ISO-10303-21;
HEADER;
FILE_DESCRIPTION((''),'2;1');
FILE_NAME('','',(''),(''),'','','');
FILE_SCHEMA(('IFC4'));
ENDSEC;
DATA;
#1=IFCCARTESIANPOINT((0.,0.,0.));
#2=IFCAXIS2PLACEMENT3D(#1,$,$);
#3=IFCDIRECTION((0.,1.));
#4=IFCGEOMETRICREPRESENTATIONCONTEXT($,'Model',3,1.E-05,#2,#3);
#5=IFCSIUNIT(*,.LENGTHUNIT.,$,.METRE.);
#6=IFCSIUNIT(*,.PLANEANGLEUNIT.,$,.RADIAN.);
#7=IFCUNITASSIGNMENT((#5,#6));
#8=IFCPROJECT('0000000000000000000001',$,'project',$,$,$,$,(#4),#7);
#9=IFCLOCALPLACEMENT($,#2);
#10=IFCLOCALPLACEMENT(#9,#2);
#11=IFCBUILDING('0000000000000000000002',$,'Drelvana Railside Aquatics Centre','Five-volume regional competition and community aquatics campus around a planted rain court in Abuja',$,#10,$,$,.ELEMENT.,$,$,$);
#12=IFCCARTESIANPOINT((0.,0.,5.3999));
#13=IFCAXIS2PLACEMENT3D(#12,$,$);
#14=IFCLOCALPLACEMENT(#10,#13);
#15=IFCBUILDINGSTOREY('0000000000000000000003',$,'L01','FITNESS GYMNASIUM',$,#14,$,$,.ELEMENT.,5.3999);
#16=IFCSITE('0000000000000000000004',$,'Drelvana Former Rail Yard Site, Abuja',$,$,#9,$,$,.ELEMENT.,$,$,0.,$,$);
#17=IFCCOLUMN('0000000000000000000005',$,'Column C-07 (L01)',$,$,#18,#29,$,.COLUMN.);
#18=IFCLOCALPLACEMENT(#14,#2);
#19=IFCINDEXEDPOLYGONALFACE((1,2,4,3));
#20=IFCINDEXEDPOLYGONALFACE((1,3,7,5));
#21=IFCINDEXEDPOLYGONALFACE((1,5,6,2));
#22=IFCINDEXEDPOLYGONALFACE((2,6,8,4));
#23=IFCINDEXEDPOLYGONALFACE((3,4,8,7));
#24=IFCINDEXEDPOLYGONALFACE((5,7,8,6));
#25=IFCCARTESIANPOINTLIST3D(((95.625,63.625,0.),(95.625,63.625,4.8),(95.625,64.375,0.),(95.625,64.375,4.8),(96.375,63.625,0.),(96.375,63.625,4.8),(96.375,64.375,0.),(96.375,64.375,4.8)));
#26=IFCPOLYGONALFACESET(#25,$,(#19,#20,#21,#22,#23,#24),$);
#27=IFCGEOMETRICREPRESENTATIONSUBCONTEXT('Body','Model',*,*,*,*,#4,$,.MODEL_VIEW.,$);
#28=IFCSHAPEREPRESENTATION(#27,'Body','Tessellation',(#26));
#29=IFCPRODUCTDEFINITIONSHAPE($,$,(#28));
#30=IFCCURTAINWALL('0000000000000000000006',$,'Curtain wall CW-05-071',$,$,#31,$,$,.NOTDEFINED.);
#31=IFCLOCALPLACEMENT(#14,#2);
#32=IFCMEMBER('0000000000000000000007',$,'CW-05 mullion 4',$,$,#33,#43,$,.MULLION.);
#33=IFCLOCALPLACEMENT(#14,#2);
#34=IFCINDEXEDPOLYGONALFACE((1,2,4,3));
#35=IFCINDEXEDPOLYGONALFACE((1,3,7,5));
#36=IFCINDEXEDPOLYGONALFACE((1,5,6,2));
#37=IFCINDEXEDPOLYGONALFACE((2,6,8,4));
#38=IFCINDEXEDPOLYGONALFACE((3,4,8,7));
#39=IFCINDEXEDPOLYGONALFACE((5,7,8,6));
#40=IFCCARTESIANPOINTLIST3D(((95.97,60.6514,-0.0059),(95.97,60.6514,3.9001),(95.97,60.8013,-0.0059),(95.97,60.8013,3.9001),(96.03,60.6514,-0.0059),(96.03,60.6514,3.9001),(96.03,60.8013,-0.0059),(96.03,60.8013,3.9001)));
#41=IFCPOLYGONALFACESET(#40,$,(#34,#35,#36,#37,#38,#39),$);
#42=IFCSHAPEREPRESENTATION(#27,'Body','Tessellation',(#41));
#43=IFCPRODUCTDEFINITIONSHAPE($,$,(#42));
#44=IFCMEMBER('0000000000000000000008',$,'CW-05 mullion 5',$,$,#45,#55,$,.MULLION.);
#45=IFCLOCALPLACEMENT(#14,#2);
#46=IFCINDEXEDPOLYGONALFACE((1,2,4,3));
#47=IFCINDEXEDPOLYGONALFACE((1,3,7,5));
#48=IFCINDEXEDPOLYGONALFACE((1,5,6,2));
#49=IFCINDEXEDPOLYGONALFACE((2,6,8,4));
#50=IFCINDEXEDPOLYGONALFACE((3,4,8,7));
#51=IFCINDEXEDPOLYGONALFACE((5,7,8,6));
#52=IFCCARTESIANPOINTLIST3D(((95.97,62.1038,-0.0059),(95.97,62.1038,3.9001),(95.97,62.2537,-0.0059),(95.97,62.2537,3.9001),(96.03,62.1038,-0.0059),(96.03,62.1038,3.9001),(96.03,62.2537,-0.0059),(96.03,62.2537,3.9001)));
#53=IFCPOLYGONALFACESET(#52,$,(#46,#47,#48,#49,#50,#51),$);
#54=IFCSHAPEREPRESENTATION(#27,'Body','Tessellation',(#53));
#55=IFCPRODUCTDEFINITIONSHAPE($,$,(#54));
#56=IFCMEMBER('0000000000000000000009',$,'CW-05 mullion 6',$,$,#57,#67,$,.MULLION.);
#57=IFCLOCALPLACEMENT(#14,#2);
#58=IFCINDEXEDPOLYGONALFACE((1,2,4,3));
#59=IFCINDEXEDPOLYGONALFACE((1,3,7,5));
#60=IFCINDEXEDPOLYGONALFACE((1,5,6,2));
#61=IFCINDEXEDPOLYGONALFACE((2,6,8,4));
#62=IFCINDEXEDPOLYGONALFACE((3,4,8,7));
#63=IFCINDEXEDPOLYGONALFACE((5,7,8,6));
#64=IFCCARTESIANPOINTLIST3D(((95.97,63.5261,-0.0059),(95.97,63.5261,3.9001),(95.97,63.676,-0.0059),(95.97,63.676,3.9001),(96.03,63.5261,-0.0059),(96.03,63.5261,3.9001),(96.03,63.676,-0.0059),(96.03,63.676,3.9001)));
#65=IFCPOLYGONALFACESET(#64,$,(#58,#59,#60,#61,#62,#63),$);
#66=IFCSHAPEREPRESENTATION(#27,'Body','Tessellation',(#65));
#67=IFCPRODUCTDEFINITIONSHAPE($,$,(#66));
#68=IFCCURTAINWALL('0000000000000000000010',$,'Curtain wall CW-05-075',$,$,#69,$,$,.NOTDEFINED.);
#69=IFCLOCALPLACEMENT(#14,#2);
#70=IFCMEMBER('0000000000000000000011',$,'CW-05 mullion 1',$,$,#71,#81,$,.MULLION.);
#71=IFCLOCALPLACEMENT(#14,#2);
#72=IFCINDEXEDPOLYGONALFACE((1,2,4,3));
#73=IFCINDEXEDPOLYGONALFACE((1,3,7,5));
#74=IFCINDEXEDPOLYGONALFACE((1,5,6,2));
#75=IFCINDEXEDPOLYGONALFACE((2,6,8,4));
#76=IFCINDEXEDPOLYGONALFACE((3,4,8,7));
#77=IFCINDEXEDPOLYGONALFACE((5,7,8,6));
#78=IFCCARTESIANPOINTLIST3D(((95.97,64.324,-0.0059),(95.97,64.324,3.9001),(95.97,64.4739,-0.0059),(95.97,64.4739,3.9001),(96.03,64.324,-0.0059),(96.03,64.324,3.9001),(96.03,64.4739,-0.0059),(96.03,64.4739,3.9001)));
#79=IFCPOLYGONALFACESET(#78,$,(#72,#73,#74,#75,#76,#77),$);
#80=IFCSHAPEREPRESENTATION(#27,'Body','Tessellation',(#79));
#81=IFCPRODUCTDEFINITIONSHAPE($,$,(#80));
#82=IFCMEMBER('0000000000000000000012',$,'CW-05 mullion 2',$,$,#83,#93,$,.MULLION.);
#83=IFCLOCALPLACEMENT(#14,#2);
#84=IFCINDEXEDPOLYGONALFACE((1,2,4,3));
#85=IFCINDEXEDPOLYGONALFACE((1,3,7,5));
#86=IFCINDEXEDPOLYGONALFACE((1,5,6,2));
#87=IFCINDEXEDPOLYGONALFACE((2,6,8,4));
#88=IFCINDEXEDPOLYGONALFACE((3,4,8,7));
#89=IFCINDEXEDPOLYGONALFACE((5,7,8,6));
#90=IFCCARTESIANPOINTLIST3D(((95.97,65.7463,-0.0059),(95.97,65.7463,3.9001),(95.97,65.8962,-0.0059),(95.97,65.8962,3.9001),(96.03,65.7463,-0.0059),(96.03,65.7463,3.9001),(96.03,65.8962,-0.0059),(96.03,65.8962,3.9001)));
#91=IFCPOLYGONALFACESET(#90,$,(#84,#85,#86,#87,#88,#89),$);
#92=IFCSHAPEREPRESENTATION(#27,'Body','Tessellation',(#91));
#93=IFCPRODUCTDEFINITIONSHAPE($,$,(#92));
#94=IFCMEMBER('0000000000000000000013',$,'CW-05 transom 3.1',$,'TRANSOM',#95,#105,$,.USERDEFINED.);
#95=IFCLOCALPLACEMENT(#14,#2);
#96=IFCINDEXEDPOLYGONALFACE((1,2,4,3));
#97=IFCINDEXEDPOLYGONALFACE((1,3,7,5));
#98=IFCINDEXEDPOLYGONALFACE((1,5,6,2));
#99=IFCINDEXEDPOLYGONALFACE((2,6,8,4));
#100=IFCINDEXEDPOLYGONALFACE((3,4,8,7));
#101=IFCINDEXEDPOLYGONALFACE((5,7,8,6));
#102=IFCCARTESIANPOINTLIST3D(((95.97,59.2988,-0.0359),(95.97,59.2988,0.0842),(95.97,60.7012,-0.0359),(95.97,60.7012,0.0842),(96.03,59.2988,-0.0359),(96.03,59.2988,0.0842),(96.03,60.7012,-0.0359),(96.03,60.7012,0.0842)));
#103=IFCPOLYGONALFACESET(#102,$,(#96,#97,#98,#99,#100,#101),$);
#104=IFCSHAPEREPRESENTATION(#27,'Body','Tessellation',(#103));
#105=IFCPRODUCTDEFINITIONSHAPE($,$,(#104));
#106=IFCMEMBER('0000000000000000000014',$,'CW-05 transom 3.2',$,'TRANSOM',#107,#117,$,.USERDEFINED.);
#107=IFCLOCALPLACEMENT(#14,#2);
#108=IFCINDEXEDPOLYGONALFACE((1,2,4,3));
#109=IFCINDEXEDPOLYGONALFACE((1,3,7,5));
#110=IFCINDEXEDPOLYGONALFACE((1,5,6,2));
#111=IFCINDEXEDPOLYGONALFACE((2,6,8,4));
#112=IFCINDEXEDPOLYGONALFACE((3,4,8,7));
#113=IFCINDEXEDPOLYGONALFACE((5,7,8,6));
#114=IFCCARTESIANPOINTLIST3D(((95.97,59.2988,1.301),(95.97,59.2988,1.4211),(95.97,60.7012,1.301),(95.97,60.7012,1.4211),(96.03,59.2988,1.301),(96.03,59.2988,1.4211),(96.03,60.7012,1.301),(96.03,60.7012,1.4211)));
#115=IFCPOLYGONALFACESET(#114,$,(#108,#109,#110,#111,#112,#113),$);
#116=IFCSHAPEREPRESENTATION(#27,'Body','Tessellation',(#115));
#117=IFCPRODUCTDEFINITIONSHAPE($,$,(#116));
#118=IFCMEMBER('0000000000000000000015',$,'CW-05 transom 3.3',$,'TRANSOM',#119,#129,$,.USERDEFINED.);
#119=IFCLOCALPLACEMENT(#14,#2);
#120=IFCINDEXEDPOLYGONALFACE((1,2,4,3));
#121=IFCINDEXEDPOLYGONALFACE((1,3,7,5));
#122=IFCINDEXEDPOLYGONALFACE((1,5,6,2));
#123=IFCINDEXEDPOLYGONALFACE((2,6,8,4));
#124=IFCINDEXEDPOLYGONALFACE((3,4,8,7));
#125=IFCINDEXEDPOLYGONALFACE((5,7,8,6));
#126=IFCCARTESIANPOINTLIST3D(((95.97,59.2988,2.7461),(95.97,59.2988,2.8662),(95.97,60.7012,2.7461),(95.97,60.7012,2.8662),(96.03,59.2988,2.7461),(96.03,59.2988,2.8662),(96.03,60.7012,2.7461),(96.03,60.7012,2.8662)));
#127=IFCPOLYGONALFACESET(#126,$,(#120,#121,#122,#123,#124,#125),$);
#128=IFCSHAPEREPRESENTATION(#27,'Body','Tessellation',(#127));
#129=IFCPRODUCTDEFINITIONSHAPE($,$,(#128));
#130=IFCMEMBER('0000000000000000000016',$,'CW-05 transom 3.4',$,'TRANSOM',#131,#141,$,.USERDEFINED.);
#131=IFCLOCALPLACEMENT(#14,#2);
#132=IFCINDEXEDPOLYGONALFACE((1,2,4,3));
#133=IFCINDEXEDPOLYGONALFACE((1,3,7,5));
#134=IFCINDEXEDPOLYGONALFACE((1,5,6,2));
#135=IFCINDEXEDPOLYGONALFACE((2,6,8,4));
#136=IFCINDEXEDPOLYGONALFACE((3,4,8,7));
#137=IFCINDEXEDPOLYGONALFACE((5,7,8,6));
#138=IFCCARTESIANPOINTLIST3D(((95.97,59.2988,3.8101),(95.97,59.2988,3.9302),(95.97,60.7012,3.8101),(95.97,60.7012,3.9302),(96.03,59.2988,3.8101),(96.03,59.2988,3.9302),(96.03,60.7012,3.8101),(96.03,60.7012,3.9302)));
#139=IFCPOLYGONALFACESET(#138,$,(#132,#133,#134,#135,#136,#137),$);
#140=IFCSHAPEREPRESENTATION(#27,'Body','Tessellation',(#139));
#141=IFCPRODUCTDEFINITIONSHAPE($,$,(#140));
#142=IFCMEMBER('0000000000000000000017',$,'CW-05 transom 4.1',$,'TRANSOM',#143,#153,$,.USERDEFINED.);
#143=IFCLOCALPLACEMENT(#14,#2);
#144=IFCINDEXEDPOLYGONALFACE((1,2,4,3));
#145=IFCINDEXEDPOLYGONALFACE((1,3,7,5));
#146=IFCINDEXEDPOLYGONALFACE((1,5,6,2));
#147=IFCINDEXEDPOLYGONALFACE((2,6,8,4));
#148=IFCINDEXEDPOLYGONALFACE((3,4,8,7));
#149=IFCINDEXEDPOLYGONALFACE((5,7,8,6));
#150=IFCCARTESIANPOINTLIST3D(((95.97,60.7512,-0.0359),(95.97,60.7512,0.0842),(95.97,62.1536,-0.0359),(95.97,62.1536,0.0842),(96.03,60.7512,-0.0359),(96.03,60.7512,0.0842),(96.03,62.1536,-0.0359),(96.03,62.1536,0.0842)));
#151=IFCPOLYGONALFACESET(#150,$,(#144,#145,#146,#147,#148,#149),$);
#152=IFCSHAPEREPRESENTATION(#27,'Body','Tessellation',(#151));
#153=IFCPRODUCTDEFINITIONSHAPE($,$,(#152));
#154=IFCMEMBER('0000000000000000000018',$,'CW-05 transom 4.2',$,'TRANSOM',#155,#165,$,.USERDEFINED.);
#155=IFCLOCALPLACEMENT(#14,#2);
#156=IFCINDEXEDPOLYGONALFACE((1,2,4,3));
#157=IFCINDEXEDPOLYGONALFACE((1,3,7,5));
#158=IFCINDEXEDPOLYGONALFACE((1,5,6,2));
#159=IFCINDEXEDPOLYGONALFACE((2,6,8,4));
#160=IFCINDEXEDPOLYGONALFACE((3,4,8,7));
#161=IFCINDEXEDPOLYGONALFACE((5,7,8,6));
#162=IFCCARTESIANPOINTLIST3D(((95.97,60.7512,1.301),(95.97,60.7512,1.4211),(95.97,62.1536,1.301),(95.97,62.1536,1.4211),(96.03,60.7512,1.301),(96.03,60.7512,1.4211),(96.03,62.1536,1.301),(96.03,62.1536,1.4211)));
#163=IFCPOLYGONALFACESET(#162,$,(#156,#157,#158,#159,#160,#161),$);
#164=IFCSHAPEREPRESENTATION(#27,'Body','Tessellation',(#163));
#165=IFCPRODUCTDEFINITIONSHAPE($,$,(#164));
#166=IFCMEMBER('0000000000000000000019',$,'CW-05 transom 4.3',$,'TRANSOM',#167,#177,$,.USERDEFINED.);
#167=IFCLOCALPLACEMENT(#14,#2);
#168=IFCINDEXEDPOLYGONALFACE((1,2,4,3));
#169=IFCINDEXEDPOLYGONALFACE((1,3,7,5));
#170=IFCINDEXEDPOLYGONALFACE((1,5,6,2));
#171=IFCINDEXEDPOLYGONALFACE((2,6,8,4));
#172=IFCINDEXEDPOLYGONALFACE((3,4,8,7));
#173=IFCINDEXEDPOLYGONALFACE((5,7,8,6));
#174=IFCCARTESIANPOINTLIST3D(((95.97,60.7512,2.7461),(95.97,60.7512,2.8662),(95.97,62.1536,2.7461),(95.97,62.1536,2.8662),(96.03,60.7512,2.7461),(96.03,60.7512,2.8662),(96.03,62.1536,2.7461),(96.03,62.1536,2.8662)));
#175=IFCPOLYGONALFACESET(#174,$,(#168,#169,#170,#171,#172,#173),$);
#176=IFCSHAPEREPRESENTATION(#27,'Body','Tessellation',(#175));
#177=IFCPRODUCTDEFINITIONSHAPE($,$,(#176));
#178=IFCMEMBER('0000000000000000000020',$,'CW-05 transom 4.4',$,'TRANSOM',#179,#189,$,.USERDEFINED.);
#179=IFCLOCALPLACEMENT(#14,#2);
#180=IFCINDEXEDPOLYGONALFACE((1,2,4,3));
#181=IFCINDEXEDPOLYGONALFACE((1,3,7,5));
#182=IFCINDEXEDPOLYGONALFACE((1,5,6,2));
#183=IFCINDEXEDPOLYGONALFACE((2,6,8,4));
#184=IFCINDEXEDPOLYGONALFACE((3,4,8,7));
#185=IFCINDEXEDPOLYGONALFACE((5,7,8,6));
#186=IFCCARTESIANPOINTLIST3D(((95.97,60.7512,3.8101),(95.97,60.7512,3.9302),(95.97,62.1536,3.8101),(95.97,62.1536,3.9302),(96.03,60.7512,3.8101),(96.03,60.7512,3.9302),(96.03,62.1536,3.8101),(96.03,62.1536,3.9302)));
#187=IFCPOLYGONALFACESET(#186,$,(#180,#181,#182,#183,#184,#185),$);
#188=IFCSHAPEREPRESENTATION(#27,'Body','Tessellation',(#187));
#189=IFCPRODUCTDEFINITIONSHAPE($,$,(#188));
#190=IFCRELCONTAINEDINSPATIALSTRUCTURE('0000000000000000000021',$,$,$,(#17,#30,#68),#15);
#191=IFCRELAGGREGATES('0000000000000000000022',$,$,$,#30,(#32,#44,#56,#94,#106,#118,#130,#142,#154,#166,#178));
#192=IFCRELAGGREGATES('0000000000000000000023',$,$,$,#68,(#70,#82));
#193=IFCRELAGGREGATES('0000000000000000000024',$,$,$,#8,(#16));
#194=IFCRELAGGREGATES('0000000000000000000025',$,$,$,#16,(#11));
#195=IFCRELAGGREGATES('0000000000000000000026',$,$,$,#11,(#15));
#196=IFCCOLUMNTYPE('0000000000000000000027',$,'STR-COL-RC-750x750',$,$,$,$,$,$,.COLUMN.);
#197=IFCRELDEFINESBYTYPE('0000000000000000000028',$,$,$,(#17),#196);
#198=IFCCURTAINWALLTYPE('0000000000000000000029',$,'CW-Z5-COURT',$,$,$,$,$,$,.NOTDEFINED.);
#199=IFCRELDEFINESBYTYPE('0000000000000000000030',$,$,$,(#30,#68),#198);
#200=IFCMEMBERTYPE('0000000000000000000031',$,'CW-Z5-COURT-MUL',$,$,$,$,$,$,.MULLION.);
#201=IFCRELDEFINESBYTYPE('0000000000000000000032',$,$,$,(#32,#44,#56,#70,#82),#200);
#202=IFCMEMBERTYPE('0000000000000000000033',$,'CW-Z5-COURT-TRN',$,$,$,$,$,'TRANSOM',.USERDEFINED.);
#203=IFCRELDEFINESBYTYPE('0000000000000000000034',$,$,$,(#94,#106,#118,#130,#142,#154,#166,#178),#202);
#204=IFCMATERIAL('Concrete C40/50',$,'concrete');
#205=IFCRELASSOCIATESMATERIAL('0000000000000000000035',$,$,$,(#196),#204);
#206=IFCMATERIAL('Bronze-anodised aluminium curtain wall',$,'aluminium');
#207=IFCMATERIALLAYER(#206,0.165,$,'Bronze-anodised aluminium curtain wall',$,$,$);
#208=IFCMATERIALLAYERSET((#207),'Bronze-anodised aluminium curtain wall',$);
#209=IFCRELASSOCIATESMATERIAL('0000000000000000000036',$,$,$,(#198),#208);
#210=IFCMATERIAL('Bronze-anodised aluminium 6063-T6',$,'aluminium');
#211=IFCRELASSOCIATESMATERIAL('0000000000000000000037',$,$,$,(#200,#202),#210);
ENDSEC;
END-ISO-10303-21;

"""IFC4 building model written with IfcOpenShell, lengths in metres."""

from ifc_helpers import new_model, si_unit, direction, frame, origin, origin_2d, place, context, subcontext, project, spatial, rectangle, extrude, material, layer, layer_set, material_profile, profile_set, type_object, element, aggregate, save


model = new_model("IFC4")

# Units and contexts
model_context = context("Model", 3, precision=1e-05, world=origin(), true_north=direction((0.0, 1.0)))
body_context = subcontext(model_context, "Body", "Model", "MODEL_VIEW")
ifc_project = project(units=[si_unit("LENGTHUNIT", "METRE"), si_unit("PLANEANGLEUNIT", "RADIAN")], contexts=[model_context])

# Site, building, storey
site_placement = place(None, origin())
site = spatial("IfcSite", under=ifc_project, at=site_placement, Name="Drelvana Former Rail Yard Site, Abuja", CompositionType="ELEMENT", RefElevation=0.0)
building_placement = place(site_placement, origin())
building = spatial("IfcBuilding", under=site, at=building_placement, Name="Drelvana Railside Aquatics Centre", Description="Five-volume regional competition and community aquatics campus around a planted rain court in Abuja", CompositionType="ELEMENT")
storey_placement = place(building_placement, frame((0.0, 0.0, 5.3999)))
storey = spatial("IfcBuildingStorey", under=building, at=storey_placement, Name="L01", Description="FITNESS GYMNASIUM", CompositionType="ELEMENT", Elevation=5.3999)

# Column
ifc_material_1 = material(Name="Concrete C40/50", Category="concrete")
ifc_material_profile_1 = material_profile(ifc_material_1, rectangle(XDim=0.75, YDim=0.75, at=origin_2d()), Name="RC 750x750")
ifc_profile_set_1 = profile_set([ifc_material_profile_1], Name="Concrete C40/50")
column_type = type_object("IfcColumnType", Name="STR-COL-RC-750x750", PredefinedType="COLUMN", material=ifc_profile_set_1)
column_placement = place(storey_placement, frame((96.0, 64.0, 0.0), z_axis=(0.0, 0.0, 1.0), x_axis=(1.0, 0.0, 0.0)))
element("IfcColumn", 1, at=column_placement, inside=storey, type_object=column_type, Name="Column C-07 (L01)", PredefinedType="COLUMN", context=body_context, shape_type="SweptSolid", body=[
    extrude(rectangle(XDim=0.75, YDim=0.75, at=origin_2d()), origin(), (0.0, 0.0, 1.0), 4.8),
])

# Curtain walls, members
ifc_material_2 = material(Name="Bronze-anodised aluminium curtain wall", Category="aluminium")
ifc_layer_1 = layer(ifc_material_2, 0.165, Name="Bronze-anodised aluminium curtain wall")
ifc_layer_set_1 = layer_set([ifc_layer_1], Name="Bronze-anodised aluminium curtain wall")
curtain_wall_type = type_object("IfcCurtainWallType", Name="CW-Z5-COURT", PredefinedType="NOTDEFINED", material=ifc_layer_set_1)
curtain_wall_1_placement = place(storey_placement, origin())
curtain_wall_1 = element("IfcCurtainWall", 2, at=curtain_wall_1_placement, inside=storey, type_object=curtain_wall_type, Name="Curtain wall CW-05-071", PredefinedType="NOTDEFINED")
ifc_material_3 = material(Name="Bronze-anodised aluminium 6063-T6", Category="aluminium")
ifc_material_profile_2 = material_profile(ifc_material_3, rectangle(XDim=0.0601, YDim=0.1499, at=origin_2d()), Name="ALU-M 60x150")
ifc_profile_set_2 = profile_set([ifc_material_profile_2], Name="Bronze-anodised aluminium 6063-T6")
member_type_1 = type_object("IfcMemberType", Name="CW-Z5-COURT-MUL", PredefinedType="MULLION", material=ifc_profile_set_2)
member_1_placement = place(storey_placement, frame((96.0, 60.7263, -0.0059), z_axis=(0.0, 0.0, 1.0), x_axis=(-1.0, 0.0, 0.0)))
member_1 = element("IfcMember", 3, at=member_1_placement, type_object=member_type_1, Name="CW-05 mullion 4", PredefinedType="MULLION", context=body_context, shape_type="SweptSolid", body=[
    extrude(rectangle(XDim=0.0601, YDim=0.1499, at=origin_2d()), origin(), (0.0, 0.0, 1.0), 3.906),
])
member_2_placement = place(storey_placement, frame((96.0, 62.1787, -0.0059), z_axis=(0.0, 0.0, 1.0), x_axis=(-1.0, 0.0, 0.0)))
member_2 = element("IfcMember", 4, at=member_2_placement, type_object=member_type_1, Name="CW-05 mullion 5", PredefinedType="MULLION", context=body_context, shape_type="SweptSolid", body=[
    extrude(rectangle(XDim=0.0601, YDim=0.1499, at=origin_2d()), origin(), (0.0, 0.0, 1.0), 3.906),
])
member_3_placement = place(storey_placement, frame((96.0, 63.6011, -0.0059), z_axis=(0.0, 0.0, 1.0), x_axis=(-1.0, 0.0, 0.0)))
member_3 = element("IfcMember", 5, at=member_3_placement, type_object=member_type_1, Name="CW-05 mullion 6", PredefinedType="MULLION", context=body_context, shape_type="SweptSolid", body=[
    extrude(rectangle(XDim=0.0601, YDim=0.1499, at=origin_2d()), origin(), (0.0, 0.0, 1.0), 3.906),
])
curtain_wall_2_placement = place(storey_placement, origin())
curtain_wall_2 = element("IfcCurtainWall", 6, at=curtain_wall_2_placement, inside=storey, type_object=curtain_wall_type, Name="Curtain wall CW-05-075", PredefinedType="NOTDEFINED")
member_4_placement = place(storey_placement, frame((96.0, 64.3989, -0.0059), z_axis=(0.0, 0.0, 1.0), x_axis=(-1.0, 0.0, 0.0)))
member_4 = element("IfcMember", 7, at=member_4_placement, type_object=member_type_1, Name="CW-05 mullion 1", PredefinedType="MULLION", context=body_context, shape_type="SweptSolid", body=[
    extrude(rectangle(XDim=0.0601, YDim=0.1499, at=origin_2d()), origin(), (0.0, 0.0, 1.0), 3.906),
])
member_5_placement = place(storey_placement, frame((96.0, 65.8213, -0.0059), z_axis=(0.0, 0.0, 1.0), x_axis=(-1.0, 0.0, 0.0)))
member_5 = element("IfcMember", 8, at=member_5_placement, type_object=member_type_1, Name="CW-05 mullion 2", PredefinedType="MULLION", context=body_context, shape_type="SweptSolid", body=[
    extrude(rectangle(XDim=0.0601, YDim=0.1499, at=origin_2d()), origin(), (0.0, 0.0, 1.0), 3.906),
])

# Members
ifc_material_profile_3 = material_profile(ifc_material_3, rectangle(XDim=0.1201, YDim=0.0601, at=origin_2d()), Name="ALU-T 60x120")
ifc_profile_set_3 = profile_set([ifc_material_profile_3], Name="Bronze-anodised aluminium 6063-T6")
member_type_2 = type_object("IfcMemberType", Name="CW-Z5-COURT-TRN", ElementType="TRANSOM", PredefinedType="USERDEFINED", material=ifc_profile_set_3)
member_6_placement = place(storey_placement, frame((96.0, 59.2988, 0.0242), z_axis=(0.0, 1.0, 0.0), x_axis=(0.0, 0.0, 1.0)))
member_6 = element("IfcMember", 9, at=member_6_placement, type_object=member_type_2, Name="CW-05 transom 3.1", ObjectType="TRANSOM", PredefinedType="USERDEFINED", context=body_context, shape_type="SweptSolid", body=[
    extrude(rectangle(XDim=0.1201, YDim=0.0601, at=origin_2d()), origin(), (0.0, 0.0, 1.0), 1.4023),
])
member_7_placement = place(storey_placement, frame((96.0, 59.2988, 1.3611), z_axis=(0.0, 1.0, 0.0), x_axis=(0.0, 0.0, 1.0)))
member_7 = element("IfcMember", 10, at=member_7_placement, type_object=member_type_2, Name="CW-05 transom 3.2", ObjectType="TRANSOM", PredefinedType="USERDEFINED", context=body_context, shape_type="SweptSolid", body=[
    extrude(rectangle(XDim=0.1201, YDim=0.0601, at=origin_2d()), origin(), (0.0, 0.0, 1.0), 1.4023),
])
member_8_placement = place(storey_placement, frame((96.0, 59.2988, 2.8062), z_axis=(0.0, 1.0, 0.0), x_axis=(0.0, 0.0, 1.0)))
member_8 = element("IfcMember", 11, at=member_8_placement, type_object=member_type_2, Name="CW-05 transom 3.3", ObjectType="TRANSOM", PredefinedType="USERDEFINED", context=body_context, shape_type="SweptSolid", body=[
    extrude(rectangle(XDim=0.1201, YDim=0.0601, at=origin_2d()), origin(), (0.0, 0.0, 1.0), 1.4023),
])
member_9_placement = place(storey_placement, frame((96.0, 59.2988, 3.8701), z_axis=(0.0, 1.0, 0.0), x_axis=(0.0, 0.0, 1.0)))
member_9 = element("IfcMember", 12, at=member_9_placement, type_object=member_type_2, Name="CW-05 transom 3.4", ObjectType="TRANSOM", PredefinedType="USERDEFINED", context=body_context, shape_type="SweptSolid", body=[
    extrude(rectangle(XDim=0.1201, YDim=0.0601, at=origin_2d()), origin(), (0.0, 0.0, 1.0), 1.4023),
])
member_10_placement = place(storey_placement, frame((96.0, 60.7512, 0.0242), z_axis=(0.0, 1.0, 0.0), x_axis=(0.0, 0.0, 1.0)))
member_10 = element("IfcMember", 13, at=member_10_placement, type_object=member_type_2, Name="CW-05 transom 4.1", ObjectType="TRANSOM", PredefinedType="USERDEFINED", context=body_context, shape_type="SweptSolid", body=[
    extrude(rectangle(XDim=0.1201, YDim=0.0601, at=origin_2d()), origin(), (0.0, 0.0, 1.0), 1.4023),
])
member_11_placement = place(storey_placement, frame((96.0, 60.7512, 1.3611), z_axis=(0.0, 1.0, 0.0), x_axis=(0.0, 0.0, 1.0)))
member_11 = element("IfcMember", 14, at=member_11_placement, type_object=member_type_2, Name="CW-05 transom 4.2", ObjectType="TRANSOM", PredefinedType="USERDEFINED", context=body_context, shape_type="SweptSolid", body=[
    extrude(rectangle(XDim=0.1201, YDim=0.0601, at=origin_2d()), origin(), (0.0, 0.0, 1.0), 1.4023),
])
member_12_placement = place(storey_placement, frame((96.0, 60.7512, 2.8062), z_axis=(0.0, 1.0, 0.0), x_axis=(0.0, 0.0, 1.0)))
member_12 = element("IfcMember", 15, at=member_12_placement, type_object=member_type_2, Name="CW-05 transom 4.3", ObjectType="TRANSOM", PredefinedType="USERDEFINED", context=body_context, shape_type="SweptSolid", body=[
    extrude(rectangle(XDim=0.1201, YDim=0.0601, at=origin_2d()), origin(), (0.0, 0.0, 1.0), 1.4023),
])
member_13_placement = place(storey_placement, frame((96.0, 60.7512, 3.8701), z_axis=(0.0, 1.0, 0.0), x_axis=(0.0, 0.0, 1.0)))
member_13 = element("IfcMember", 16, at=member_13_placement, type_object=member_type_2, Name="CW-05 transom 4.4", ObjectType="TRANSOM", PredefinedType="USERDEFINED", context=body_context, shape_type="SweptSolid", body=[
    extrude(rectangle(XDim=0.1201, YDim=0.0601, at=origin_2d()), origin(), (0.0, 0.0, 1.0), 1.4023),
])

aggregate(curtain_wall_1, [member_1, member_2, member_3, member_6, member_7, member_8, member_9, member_10, member_11, member_12, member_13])
aggregate(curtain_wall_2, [member_4, member_5])

save(model, "model.ifc")
